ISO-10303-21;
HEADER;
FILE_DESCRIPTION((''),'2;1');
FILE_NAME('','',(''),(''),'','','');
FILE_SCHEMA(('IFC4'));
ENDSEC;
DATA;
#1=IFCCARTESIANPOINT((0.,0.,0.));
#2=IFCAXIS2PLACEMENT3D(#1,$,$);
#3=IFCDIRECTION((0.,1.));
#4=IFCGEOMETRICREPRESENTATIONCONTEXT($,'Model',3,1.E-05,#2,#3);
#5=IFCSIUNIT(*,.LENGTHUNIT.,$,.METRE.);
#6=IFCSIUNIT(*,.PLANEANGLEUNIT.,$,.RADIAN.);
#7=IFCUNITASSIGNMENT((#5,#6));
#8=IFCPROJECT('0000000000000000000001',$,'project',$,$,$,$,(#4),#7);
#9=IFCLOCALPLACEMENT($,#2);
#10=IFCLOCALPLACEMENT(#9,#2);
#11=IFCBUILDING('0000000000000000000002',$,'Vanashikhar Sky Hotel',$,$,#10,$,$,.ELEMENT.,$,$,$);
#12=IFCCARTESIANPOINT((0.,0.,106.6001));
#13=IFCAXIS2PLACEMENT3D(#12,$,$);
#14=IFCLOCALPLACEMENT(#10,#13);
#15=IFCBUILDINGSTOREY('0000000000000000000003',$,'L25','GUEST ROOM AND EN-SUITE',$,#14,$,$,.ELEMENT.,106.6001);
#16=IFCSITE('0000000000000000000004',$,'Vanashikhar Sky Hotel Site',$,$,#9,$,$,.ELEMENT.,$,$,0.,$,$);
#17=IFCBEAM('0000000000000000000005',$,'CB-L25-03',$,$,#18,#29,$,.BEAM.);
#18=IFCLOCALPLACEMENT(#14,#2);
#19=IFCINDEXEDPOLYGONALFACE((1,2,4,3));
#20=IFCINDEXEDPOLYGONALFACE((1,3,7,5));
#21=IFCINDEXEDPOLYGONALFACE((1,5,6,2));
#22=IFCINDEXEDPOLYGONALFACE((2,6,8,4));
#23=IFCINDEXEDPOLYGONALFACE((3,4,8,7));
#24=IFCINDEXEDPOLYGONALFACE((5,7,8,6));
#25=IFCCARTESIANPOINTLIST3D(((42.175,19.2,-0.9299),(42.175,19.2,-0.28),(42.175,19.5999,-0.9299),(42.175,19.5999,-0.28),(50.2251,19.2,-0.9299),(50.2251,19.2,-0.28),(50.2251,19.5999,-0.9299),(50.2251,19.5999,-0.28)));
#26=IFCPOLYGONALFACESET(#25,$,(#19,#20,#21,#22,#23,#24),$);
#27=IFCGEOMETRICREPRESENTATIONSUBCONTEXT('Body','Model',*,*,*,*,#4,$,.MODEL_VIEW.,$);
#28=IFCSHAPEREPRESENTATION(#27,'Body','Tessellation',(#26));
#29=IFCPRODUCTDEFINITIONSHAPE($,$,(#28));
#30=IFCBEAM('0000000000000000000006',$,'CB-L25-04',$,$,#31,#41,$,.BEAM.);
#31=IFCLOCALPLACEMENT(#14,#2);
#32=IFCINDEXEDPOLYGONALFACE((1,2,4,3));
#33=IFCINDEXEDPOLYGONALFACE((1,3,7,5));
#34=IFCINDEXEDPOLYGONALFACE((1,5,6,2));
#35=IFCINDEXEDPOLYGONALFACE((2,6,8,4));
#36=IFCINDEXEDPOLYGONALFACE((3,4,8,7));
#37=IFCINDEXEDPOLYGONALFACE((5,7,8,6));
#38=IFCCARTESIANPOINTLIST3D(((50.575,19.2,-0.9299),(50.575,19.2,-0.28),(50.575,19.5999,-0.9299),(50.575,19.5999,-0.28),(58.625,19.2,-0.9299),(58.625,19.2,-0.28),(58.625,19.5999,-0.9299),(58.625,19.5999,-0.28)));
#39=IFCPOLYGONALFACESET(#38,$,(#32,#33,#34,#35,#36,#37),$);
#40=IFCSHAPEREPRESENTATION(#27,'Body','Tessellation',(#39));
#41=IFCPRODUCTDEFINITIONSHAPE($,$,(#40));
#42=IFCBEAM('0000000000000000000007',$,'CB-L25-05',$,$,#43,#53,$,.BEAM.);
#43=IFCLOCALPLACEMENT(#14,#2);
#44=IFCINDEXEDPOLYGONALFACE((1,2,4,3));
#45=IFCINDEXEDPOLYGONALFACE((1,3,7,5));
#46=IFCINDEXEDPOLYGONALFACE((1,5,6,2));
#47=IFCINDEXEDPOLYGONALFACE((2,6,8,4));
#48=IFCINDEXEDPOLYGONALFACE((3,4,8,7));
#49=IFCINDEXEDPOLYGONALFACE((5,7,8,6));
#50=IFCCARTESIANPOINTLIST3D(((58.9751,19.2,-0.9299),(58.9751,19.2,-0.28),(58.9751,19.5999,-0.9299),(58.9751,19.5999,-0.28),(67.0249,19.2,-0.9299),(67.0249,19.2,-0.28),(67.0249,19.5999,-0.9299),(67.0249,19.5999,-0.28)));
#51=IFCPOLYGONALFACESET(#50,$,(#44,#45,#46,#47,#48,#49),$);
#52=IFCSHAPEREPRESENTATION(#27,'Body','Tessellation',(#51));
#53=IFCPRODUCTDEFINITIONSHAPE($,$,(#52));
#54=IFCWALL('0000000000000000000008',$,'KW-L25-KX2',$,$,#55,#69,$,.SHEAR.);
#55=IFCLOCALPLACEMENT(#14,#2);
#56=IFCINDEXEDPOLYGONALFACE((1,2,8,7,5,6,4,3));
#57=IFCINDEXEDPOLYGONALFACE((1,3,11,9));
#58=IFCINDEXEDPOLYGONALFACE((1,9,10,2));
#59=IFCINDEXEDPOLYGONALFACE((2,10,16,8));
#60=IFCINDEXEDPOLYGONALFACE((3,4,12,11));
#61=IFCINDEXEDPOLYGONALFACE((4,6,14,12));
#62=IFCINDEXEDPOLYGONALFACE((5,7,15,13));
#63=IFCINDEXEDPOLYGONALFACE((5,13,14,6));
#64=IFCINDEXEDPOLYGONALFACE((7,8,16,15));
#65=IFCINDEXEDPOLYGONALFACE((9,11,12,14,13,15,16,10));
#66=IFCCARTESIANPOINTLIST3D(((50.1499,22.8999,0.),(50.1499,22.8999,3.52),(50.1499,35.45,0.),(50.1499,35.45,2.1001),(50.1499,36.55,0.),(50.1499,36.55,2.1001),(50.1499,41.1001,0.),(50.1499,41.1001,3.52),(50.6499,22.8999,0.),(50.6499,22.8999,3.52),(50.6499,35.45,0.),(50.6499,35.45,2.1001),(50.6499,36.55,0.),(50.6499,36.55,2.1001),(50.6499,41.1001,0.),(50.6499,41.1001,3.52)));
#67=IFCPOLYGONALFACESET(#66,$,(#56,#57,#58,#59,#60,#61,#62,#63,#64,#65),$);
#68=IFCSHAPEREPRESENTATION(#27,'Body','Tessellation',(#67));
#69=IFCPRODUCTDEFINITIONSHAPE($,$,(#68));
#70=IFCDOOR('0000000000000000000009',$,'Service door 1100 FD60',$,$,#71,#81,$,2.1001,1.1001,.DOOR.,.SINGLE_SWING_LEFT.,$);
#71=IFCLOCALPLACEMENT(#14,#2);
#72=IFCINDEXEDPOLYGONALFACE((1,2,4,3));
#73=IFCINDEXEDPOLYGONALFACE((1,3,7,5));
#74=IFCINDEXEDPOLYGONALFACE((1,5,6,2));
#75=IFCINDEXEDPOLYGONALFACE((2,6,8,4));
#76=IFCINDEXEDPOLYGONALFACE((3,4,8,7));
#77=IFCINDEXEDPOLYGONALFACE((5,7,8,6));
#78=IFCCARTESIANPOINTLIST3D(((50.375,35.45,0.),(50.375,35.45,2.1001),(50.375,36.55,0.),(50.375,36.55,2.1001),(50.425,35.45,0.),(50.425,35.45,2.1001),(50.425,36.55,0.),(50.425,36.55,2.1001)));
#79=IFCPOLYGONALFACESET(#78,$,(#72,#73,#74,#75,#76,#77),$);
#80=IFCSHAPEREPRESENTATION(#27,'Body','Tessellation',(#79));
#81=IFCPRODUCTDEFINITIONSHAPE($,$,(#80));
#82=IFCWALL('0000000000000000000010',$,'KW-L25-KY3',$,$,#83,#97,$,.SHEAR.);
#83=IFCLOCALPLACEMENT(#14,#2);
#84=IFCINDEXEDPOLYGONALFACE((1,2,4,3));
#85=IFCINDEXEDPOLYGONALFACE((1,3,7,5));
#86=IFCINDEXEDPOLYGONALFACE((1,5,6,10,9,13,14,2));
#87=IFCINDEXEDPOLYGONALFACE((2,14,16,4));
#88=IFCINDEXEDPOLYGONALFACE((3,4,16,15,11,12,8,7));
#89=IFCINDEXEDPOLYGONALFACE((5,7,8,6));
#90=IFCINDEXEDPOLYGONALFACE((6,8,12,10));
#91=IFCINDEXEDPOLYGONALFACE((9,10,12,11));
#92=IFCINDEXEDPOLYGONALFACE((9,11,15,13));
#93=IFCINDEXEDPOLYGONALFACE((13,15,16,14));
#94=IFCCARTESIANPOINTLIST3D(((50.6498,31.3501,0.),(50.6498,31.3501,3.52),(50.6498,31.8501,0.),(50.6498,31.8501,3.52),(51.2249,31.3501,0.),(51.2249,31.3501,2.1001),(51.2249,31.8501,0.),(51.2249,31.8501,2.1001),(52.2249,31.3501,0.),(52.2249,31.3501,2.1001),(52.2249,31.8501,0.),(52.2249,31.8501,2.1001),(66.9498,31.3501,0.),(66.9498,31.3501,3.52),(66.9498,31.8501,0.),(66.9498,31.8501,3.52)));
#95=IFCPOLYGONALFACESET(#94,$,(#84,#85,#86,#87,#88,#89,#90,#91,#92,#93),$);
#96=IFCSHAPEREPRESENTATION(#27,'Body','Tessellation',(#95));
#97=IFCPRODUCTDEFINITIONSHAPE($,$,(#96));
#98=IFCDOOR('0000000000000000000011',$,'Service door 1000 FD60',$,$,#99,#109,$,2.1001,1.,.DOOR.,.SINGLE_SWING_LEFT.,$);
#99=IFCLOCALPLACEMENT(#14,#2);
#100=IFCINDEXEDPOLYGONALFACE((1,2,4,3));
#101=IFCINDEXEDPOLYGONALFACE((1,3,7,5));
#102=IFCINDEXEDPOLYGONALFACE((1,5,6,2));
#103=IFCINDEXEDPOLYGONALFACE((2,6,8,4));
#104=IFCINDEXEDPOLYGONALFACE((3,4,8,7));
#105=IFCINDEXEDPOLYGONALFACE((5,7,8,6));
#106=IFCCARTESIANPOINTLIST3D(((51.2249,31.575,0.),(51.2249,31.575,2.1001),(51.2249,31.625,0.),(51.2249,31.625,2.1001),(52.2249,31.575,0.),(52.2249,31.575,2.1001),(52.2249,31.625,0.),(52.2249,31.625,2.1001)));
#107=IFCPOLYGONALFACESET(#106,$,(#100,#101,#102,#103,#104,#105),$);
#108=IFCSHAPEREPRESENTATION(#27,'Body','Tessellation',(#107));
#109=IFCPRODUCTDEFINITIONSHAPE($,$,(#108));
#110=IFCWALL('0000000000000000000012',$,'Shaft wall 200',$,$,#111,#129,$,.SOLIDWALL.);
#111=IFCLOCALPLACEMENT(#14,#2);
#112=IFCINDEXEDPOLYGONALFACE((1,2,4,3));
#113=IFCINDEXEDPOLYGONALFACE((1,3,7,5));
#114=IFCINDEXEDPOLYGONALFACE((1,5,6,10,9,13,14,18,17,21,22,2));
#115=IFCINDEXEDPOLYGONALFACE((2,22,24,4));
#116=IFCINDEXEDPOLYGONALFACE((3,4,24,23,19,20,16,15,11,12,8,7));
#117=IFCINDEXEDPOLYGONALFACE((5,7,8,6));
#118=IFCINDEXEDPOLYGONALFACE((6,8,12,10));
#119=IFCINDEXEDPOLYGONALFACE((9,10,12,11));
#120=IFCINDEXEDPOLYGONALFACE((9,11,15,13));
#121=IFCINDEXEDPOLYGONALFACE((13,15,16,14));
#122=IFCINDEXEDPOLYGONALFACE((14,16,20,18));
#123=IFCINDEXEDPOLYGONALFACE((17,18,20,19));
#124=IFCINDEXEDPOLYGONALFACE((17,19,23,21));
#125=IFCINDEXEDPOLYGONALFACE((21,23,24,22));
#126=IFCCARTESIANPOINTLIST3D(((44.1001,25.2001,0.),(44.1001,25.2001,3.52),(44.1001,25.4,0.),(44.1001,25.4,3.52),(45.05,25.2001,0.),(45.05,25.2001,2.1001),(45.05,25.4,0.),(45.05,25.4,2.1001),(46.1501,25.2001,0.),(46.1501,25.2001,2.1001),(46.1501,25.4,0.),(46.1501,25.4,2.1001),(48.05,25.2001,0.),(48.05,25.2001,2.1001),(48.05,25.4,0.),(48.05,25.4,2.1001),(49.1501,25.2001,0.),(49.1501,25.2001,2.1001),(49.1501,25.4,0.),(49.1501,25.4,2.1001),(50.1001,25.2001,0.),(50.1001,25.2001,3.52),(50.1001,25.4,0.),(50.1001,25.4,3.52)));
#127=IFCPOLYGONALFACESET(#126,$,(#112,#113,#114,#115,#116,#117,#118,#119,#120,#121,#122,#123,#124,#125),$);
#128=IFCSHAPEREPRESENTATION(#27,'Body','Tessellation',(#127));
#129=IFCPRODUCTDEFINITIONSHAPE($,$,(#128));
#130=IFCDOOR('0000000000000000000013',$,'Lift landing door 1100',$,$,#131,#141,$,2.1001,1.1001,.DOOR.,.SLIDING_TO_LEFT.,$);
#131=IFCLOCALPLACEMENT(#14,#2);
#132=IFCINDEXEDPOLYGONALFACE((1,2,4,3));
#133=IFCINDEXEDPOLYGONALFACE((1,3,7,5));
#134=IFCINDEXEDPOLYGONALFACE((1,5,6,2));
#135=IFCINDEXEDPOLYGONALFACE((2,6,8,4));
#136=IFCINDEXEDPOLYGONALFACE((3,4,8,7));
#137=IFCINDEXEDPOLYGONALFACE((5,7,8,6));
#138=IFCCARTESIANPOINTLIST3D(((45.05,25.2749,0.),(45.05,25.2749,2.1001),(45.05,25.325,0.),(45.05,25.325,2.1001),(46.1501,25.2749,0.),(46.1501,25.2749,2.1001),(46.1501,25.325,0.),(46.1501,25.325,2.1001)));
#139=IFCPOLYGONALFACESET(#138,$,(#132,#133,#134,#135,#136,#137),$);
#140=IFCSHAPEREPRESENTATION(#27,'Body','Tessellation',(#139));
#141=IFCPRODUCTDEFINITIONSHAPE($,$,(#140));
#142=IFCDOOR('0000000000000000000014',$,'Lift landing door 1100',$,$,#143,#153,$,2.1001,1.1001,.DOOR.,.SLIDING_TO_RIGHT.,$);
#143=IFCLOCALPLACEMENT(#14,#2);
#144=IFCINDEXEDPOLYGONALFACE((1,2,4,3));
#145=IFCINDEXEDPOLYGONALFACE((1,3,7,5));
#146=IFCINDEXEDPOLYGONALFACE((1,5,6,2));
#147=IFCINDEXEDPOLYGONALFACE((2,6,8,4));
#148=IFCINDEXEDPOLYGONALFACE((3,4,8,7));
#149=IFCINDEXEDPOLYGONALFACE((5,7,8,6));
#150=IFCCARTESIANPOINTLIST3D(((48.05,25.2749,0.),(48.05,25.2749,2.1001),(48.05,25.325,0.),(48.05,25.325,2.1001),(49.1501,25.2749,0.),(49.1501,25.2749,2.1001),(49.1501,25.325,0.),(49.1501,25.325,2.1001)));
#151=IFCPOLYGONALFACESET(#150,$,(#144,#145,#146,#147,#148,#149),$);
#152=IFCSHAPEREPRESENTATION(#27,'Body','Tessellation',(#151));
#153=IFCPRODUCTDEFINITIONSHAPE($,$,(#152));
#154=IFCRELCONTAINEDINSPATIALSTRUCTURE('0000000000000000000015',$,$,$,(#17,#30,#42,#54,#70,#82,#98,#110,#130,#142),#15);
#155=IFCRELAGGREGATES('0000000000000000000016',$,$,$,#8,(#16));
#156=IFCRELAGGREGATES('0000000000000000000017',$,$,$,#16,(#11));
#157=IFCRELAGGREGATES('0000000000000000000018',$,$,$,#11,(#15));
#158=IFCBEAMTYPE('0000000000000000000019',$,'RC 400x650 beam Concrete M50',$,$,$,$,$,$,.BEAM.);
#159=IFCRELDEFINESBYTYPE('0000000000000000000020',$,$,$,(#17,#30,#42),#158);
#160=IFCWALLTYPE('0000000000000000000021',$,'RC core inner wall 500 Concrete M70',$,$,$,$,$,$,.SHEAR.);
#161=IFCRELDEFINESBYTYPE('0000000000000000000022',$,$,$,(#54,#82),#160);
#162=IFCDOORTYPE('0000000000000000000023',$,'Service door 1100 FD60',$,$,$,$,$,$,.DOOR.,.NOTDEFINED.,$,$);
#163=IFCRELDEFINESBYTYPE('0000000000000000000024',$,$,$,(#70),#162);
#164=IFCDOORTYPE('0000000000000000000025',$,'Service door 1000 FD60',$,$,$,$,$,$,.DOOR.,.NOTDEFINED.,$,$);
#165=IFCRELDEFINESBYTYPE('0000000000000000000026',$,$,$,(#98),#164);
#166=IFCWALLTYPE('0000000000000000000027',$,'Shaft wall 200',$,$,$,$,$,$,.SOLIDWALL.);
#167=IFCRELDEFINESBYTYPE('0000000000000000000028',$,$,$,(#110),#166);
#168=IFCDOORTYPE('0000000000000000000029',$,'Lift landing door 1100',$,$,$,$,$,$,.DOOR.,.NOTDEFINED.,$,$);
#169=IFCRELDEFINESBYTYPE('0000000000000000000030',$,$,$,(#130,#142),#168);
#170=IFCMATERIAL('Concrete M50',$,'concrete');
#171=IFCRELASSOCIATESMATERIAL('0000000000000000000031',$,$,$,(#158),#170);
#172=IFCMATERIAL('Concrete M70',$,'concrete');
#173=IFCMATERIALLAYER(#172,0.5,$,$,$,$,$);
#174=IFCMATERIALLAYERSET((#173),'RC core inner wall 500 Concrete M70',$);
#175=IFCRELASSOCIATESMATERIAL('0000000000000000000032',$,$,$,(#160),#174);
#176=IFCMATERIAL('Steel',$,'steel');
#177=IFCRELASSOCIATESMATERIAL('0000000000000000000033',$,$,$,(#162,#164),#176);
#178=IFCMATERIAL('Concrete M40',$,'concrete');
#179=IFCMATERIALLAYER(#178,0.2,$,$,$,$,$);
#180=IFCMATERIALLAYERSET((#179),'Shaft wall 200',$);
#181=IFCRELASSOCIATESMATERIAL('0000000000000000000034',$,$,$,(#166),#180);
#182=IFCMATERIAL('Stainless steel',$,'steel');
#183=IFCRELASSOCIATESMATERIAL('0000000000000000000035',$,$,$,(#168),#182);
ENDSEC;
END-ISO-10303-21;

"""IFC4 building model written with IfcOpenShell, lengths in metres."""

from ifc_helpers import new_model, si_unit, direction, frame, frame_2d, origin, origin_2d, place, context, subcontext, project, spatial, rectangle, extrude, source, transform, mapped, material, layer, layer_set, material_profile, profile_set, type_object, element, fill, save


model = new_model("IFC4")

# Units and contexts
model_context = context("Model", 3, precision=1e-05, world=origin(), true_north=direction((0.0, 1.0)))
body_context = subcontext(model_context, "Body", "Model", "MODEL_VIEW")
ifc_project = project(units=[si_unit("LENGTHUNIT", "METRE"), si_unit("PLANEANGLEUNIT", "RADIAN")], contexts=[model_context])

# Site, building, storey
site_placement = place(None, origin())
site = spatial("IfcSite", under=ifc_project, at=site_placement, Name="Vanashikhar Sky Hotel Site", CompositionType="ELEMENT", RefElevation=0.0)
building_placement = place(site_placement, origin())
building = spatial("IfcBuilding", under=site, at=building_placement, Name="Vanashikhar Sky Hotel", CompositionType="ELEMENT")
storey_placement = place(building_placement, frame((0.0, 0.0, 106.6001)))
storey = spatial("IfcBuildingStorey", under=building, at=storey_placement, Name="L25", Description="GUEST ROOM AND EN-SUITE", CompositionType="ELEMENT", Elevation=106.6001)

# Beams
ifc_material_1 = material(Name="Concrete M50", Category="concrete")
ifc_material_profile = material_profile(ifc_material_1, rectangle(XDim=0.3999, YDim=0.6499, at=origin_2d()))
ifc_profile_set = profile_set([ifc_material_profile], Name="RC 400x650 beam Concrete M50")
beam_type = type_object("IfcBeamType", Name="RC 400x650 beam Concrete M50", PredefinedType="BEAM", material=ifc_profile_set)
shared_shape_1 = source(origin(), body_context, "Body", "SweptSolid", [
    extrude(rectangle(XDim=0.3999, YDim=0.6499, at=origin_2d()), origin(), (0.0, 0.0, 1.0), 8.05),
])
for number, where, z_axis, x_axis, name in (
    (1, (42.175, 19.3999, -0.605), (1.0, 0.0, 0.0), (0.0, 1.0, 0.0), "CB-L25-03"),
    (2, (50.575, 19.3999, -0.605), (1.0, 0.0, 0.0), (0.0, 1.0, 0.0), "CB-L25-04"),
):
    element("IfcBeam", number, at=place(storey_placement, frame(where, z_axis=z_axis, x_axis=x_axis)), inside=storey, type_object=beam_type, Name=name, PredefinedType="BEAM", context=body_context, shape_type="MappedRepresentation", body=[
        mapped(shared_shape_1, transform((0.0, 0.0, 0.0), scale=1.0)),
    ])
shared_shape_2 = source(origin(), body_context, "Body", "SweptSolid", [
    extrude(rectangle(XDim=0.3999, YDim=0.6499, at=origin_2d()), origin(), (0.0, 0.0, 1.0), 8.0498),
])
beam_placement = place(storey_placement, frame((58.9751, 19.3999, -0.605), z_axis=(1.0, 0.0, 0.0), x_axis=(0.0, 1.0, 0.0)))
element("IfcBeam", 3, at=beam_placement, inside=storey, type_object=beam_type, Name="CB-L25-05", PredefinedType="BEAM", context=body_context, shape_type="MappedRepresentation", body=[
    mapped(shared_shape_2, transform((0.0, 0.0, 0.0), scale=1.0)),
])

# Walls, openings, doors
ifc_material_2 = material(Name="Concrete M70", Category="concrete")
ifc_layer_1 = layer(ifc_material_2, 0.5)
ifc_layer_set_1 = layer_set([ifc_layer_1], Name="RC core inner wall 500 Concrete M70")
wall_type_1 = type_object("IfcWallType", Name="RC core inner wall 500 Concrete M70", PredefinedType="SHEAR", material=ifc_layer_set_1)
shared_shape_3 = source(origin(), body_context, "Body", "SweptSolid", [
    extrude(rectangle(XDim=18.2002, YDim=0.5, at=frame_2d((9.1001, 0.0))), origin(), (0.0, 0.0, 1.0), 3.52),
])
wall_1_placement = place(storey_placement, frame((50.3999, 22.8999, 0.0), z_axis=(0.0, 0.0, 1.0), x_axis=(0.0, 1.0, 0.0)))
wall_1 = element("IfcWall", 4, at=wall_1_placement, inside=storey, type_object=wall_type_1, Name="KW-L25-KX2", PredefinedType="SHEAR", context=body_context, shape_type="MappedRepresentation", body=[
    mapped(shared_shape_3, transform((0.0, 0.0, 0.0), scale=1.0)),
])
shared_shape_4 = source(origin(), body_context, "Body", "SweptSolid", [
    extrude(rectangle(XDim=1.1001, YDim=2.1001, at=frame_2d((0.55, 1.05))), frame((0.0, 0.26, 0.0), z_axis=(0.0, -1.0, 0.0), x_axis=(1.0, 0.0, 0.0)), (0.0, 0.0, 1.0), 0.52),
])
opening_1_placement = place(wall_1_placement, frame((12.55, 0.0, 0.0)))
opening_1 = element("IfcOpeningElement", 5, at=opening_1_placement, cuts=wall_1, PredefinedType="OPENING", context=body_context, shape_type="MappedRepresentation", body=[
    mapped(shared_shape_4, transform((0.0, 0.0, 0.0), scale=1.0)),
])
ifc_material_3 = material(Name="Steel", Category="steel")
door_type_1 = type_object("IfcDoorType", Name="Service door 1100 FD60", OperationType="NOTDEFINED", PredefinedType="DOOR", material=ifc_material_3)
shared_shape_5 = source(origin(), body_context, "Body", "SweptSolid", [
    extrude(rectangle(XDim=1.1001, YDim=2.1001, at=frame_2d((0.55, 1.05))), frame((0.0, 0.0249, 0.0), z_axis=(0.0, -1.0, 0.0), x_axis=(1.0, 0.0, 0.0)), (0.0, 0.0, 1.0), 0.05),
])
door_1_placement = place(opening_1_placement, origin())
door_1 = element("IfcDoor", 6, at=door_1_placement, inside=storey, type_object=door_type_1, Name="Service door 1100 FD60", OperationType="SINGLE_SWING_LEFT", OverallHeight=2.1001, OverallWidth=1.1001, PredefinedType="DOOR", context=body_context, shape_type="MappedRepresentation", body=[
    mapped(shared_shape_5, transform((0.0, 0.0, 0.0), scale=1.0)),
])
fill(opening_1, door_1)
shared_shape_6 = source(origin(), body_context, "Body", "SweptSolid", [
    extrude(rectangle(XDim=16.3, YDim=0.5, at=frame_2d((8.1499, 0.0))), origin(), (0.0, 0.0, 1.0), 3.52),
])
wall_2_placement = place(storey_placement, frame((50.6499, 31.6001, 0.0), z_axis=(0.0, 0.0, 1.0), x_axis=(1.0, 0.0, 0.0)))
wall_2 = element("IfcWall", 7, at=wall_2_placement, inside=storey, type_object=wall_type_1, Name="KW-L25-KY3", PredefinedType="SHEAR", context=body_context, shape_type="MappedRepresentation", body=[
    mapped(shared_shape_6, transform((0.0, 0.0, 0.0), scale=1.0)),
])
shared_shape_7 = source(origin(), body_context, "Body", "SweptSolid", [
    extrude(rectangle(XDim=1.0, YDim=2.1001, at=frame_2d((0.5, 1.05))), frame((0.0, 0.26, 0.0), z_axis=(0.0, -1.0, 0.0), x_axis=(1.0, 0.0, 0.0)), (0.0, 0.0, 1.0), 0.52),
])
opening_2_placement = place(wall_2_placement, frame((0.575, 0.0, 0.0)))
opening_2 = element("IfcOpeningElement", 8, at=opening_2_placement, cuts=wall_2, PredefinedType="OPENING", context=body_context, shape_type="MappedRepresentation", body=[
    mapped(shared_shape_7, transform((0.0, 0.0, 0.0), scale=1.0)),
])
door_type_2 = type_object("IfcDoorType", Name="Service door 1000 FD60", OperationType="NOTDEFINED", PredefinedType="DOOR", material=ifc_material_3)
shared_shape_8 = source(origin(), body_context, "Body", "SweptSolid", [
    extrude(rectangle(XDim=1.0, YDim=2.1001, at=frame_2d((0.5, 1.05))), frame((0.0, 0.0249, 0.0), z_axis=(0.0, -1.0, 0.0), x_axis=(1.0, 0.0, 0.0)), (0.0, 0.0, 1.0), 0.05),
])
door_2_placement = place(opening_2_placement, origin())
door_2 = element("IfcDoor", 9, at=door_2_placement, inside=storey, type_object=door_type_2, Name="Service door 1000 FD60", OperationType="SINGLE_SWING_LEFT", OverallHeight=2.1001, OverallWidth=1.0, PredefinedType="DOOR", context=body_context, shape_type="MappedRepresentation", body=[
    mapped(shared_shape_8, transform((0.0, 0.0, 0.0), scale=1.0)),
])
fill(opening_2, door_2)

# Wall, openings, doors
ifc_material_4 = material(Name="Concrete M40", Category="concrete")
ifc_layer_2 = layer(ifc_material_4, 0.2)
ifc_layer_set_2 = layer_set([ifc_layer_2], Name="Shaft wall 200")
wall_type_2 = type_object("IfcWallType", Name="Shaft wall 200", PredefinedType="SOLIDWALL", material=ifc_layer_set_2)
shared_shape_9 = source(origin(), body_context, "Body", "SweptSolid", [
    extrude(rectangle(XDim=6.0, YDim=0.2, at=frame_2d((3.0, 0.0))), origin(), (0.0, 0.0, 1.0), 3.52),
])
wall_3_placement = place(storey_placement, frame((44.1001, 25.3, 0.0), z_axis=(0.0, 0.0, 1.0), x_axis=(1.0, 0.0, 0.0)))
wall_3 = element("IfcWall", 10, at=wall_3_placement, inside=storey, type_object=wall_type_2, Name="Shaft wall 200", PredefinedType="SOLIDWALL", context=body_context, shape_type="MappedRepresentation", body=[
    mapped(shared_shape_9, transform((0.0, 0.0, 0.0), scale=1.0)),
])
shared_shape_10 = source(origin(), body_context, "Body", "SweptSolid", [
    extrude(rectangle(XDim=1.1001, YDim=2.1001, at=frame_2d((0.55, 1.05))), frame((0.0, 0.1099, 0.0), z_axis=(0.0, -1.0, 0.0), x_axis=(1.0, 0.0, 0.0)), (0.0, 0.0, 1.0), 0.22),
])
opening_3_placement = place(wall_3_placement, frame((0.95, 0.0, 0.0)))
opening_3 = element("IfcOpeningElement", 11, at=opening_3_placement, cuts=wall_3, PredefinedType="OPENING", context=body_context, shape_type="MappedRepresentation", body=[
    mapped(shared_shape_10, transform((0.0, 0.0, 0.0), scale=1.0)),
])
opening_4_placement = place(wall_3_placement, frame((3.95, 0.0, 0.0)))
opening_4 = element("IfcOpeningElement", 12, at=opening_4_placement, cuts=wall_3, PredefinedType="OPENING", context=body_context, shape_type="MappedRepresentation", body=[
    mapped(shared_shape_10, transform((0.0, 0.0, 0.0), scale=1.0)),
])
ifc_material_5 = material(Name="Stainless steel", Category="steel")
door_type_3 = type_object("IfcDoorType", Name="Lift landing door 1100", OperationType="NOTDEFINED", PredefinedType="DOOR", material=ifc_material_5)
door_3_placement = place(opening_3_placement, origin())
door_3 = element("IfcDoor", 13, at=door_3_placement, inside=storey, type_object=door_type_3, Name="Lift landing door 1100", OperationType="SLIDING_TO_LEFT", OverallHeight=2.1001, OverallWidth=1.1001, PredefinedType="DOOR", context=body_context, shape_type="MappedRepresentation", body=[
    mapped(shared_shape_5, transform((0.0, 0.0, 0.0), scale=1.0)),
])
fill(opening_3, door_3)
door_4_placement = place(opening_4_placement, origin())
door_4 = element("IfcDoor", 14, at=door_4_placement, inside=storey, type_object=door_type_3, Name="Lift landing door 1100", OperationType="SLIDING_TO_RIGHT", OverallHeight=2.1001, OverallWidth=1.1001, PredefinedType="DOOR", context=body_context, shape_type="MappedRepresentation", body=[
    mapped(shared_shape_5, transform((0.0, 0.0, 0.0), scale=1.0)),
])
fill(opening_4, door_4)

save(model, "model.ifc")
